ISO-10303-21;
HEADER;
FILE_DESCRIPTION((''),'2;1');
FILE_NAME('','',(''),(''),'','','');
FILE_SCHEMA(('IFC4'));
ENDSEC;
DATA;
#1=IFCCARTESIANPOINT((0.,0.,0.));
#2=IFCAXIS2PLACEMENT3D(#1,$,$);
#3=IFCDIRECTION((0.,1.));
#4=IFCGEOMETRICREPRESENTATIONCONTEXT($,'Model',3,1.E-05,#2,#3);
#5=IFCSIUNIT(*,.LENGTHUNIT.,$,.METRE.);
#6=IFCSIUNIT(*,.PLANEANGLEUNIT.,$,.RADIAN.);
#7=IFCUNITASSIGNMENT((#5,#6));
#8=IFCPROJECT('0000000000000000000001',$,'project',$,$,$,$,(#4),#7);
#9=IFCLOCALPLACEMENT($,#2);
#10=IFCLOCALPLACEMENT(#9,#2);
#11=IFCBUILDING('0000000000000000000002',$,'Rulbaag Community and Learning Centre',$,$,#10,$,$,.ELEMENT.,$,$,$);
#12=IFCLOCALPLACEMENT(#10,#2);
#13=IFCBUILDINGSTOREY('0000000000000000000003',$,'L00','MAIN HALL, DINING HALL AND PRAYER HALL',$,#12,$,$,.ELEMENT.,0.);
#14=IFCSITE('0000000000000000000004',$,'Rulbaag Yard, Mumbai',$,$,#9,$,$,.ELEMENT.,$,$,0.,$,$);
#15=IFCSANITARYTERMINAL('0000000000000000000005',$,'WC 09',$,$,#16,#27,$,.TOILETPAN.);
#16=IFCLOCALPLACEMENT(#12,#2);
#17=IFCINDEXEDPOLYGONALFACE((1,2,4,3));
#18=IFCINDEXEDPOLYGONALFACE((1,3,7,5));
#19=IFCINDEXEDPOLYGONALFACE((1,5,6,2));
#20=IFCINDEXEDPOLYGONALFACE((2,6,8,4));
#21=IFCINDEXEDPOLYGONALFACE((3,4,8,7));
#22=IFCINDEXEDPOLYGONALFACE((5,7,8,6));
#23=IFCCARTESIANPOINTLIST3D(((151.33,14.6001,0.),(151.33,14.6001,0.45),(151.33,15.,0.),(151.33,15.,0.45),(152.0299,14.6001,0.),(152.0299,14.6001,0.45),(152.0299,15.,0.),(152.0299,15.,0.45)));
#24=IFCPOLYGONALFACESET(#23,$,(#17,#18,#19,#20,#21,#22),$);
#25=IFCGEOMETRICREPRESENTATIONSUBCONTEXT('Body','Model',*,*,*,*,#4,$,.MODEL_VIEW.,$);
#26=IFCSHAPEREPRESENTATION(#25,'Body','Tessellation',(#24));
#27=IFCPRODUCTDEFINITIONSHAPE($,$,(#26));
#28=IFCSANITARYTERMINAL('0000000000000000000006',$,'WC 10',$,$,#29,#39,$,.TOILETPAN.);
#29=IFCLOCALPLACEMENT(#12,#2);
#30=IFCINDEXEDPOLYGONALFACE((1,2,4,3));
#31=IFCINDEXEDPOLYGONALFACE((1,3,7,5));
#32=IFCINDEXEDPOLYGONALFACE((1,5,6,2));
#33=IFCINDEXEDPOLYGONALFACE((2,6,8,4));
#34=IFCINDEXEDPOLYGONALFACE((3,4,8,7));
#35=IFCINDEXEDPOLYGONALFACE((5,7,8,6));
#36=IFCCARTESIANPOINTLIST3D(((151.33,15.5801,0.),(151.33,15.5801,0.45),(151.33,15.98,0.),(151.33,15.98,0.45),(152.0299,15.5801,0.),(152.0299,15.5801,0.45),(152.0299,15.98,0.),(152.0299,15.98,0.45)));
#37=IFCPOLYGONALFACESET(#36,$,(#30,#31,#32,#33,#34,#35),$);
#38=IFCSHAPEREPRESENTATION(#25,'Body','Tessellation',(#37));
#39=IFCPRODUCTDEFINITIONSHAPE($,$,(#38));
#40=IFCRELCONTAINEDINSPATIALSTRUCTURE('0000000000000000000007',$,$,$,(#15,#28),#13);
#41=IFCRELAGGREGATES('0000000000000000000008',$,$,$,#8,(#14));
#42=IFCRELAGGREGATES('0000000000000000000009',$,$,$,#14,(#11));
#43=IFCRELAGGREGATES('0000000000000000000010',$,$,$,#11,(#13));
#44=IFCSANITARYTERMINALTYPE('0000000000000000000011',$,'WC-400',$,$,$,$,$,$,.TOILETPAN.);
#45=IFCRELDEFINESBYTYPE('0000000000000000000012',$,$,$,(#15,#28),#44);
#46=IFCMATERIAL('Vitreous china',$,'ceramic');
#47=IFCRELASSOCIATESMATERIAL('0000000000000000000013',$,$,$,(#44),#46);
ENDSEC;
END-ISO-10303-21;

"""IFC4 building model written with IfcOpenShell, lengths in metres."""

from ifc_helpers import new_model, si_unit, direction, frame, origin, origin_2d, place, context, subcontext, project, spatial, rectangle, extrude, material, type_object, element, save


model = new_model("IFC4")

# Units and contexts
model_context = context("Model", 3, precision=1e-05, world=origin(), true_north=direction((0.0, 1.0)))
body_context = subcontext(model_context, "Body", "Model", "MODEL_VIEW")
ifc_project = project(units=[si_unit("LENGTHUNIT", "METRE"), si_unit("PLANEANGLEUNIT", "RADIAN")], contexts=[model_context])

# Site, building, storey
site_placement = place(None, origin())
site = spatial("IfcSite", under=ifc_project, at=site_placement, Name="Rulbaag Yard, Mumbai", CompositionType="ELEMENT", RefElevation=0.0)
building_placement = place(site_placement, origin())
building = spatial("IfcBuilding", under=site, at=building_placement, Name="Rulbaag Community and Learning Centre", CompositionType="ELEMENT")
storey_placement = place(building_placement, origin())
storey = spatial("IfcBuildingStorey", under=building, at=storey_placement, Name="L00", Description="MAIN HALL, DINING HALL AND PRAYER HALL", CompositionType="ELEMENT", Elevation=0.0)

# Sanitary terminals
ifc_material_1 = material(Name="Vitreous china", Category="ceramic")
sanitary_terminal_type_1 = type_object("IfcSanitaryTerminalType", Name="WC-400", PredefinedType="TOILETPAN", material=ifc_material_1)
for number, where, z_axis, x_axis, name in (
    (1, (151.6799, 14.8, 0.0), (0.0, 0.0, 1.0), (1.0, 0.0, 0.0), "WC 09"),
    (2, (151.6799, 15.78, 0.0), (0.0, 0.0, 1.0), (1.0, 0.0, 0.0), "WC 10"),
):
    element("IfcSanitaryTerminal", number, at=place(storey_placement, frame(where, z_axis=z_axis, x_axis=x_axis)), inside=storey, type_object=sanitary_terminal_type_1, Name=name, PredefinedType="TOILETPAN", context=body_context, shape_type="SweptSolid", body=[
        extrude(rectangle(XDim=0.7, YDim=0.3999, at=origin_2d()), origin(), (0.0, 0.0, 1.0), 0.45),
    ])

save(model, "model.ifc")
